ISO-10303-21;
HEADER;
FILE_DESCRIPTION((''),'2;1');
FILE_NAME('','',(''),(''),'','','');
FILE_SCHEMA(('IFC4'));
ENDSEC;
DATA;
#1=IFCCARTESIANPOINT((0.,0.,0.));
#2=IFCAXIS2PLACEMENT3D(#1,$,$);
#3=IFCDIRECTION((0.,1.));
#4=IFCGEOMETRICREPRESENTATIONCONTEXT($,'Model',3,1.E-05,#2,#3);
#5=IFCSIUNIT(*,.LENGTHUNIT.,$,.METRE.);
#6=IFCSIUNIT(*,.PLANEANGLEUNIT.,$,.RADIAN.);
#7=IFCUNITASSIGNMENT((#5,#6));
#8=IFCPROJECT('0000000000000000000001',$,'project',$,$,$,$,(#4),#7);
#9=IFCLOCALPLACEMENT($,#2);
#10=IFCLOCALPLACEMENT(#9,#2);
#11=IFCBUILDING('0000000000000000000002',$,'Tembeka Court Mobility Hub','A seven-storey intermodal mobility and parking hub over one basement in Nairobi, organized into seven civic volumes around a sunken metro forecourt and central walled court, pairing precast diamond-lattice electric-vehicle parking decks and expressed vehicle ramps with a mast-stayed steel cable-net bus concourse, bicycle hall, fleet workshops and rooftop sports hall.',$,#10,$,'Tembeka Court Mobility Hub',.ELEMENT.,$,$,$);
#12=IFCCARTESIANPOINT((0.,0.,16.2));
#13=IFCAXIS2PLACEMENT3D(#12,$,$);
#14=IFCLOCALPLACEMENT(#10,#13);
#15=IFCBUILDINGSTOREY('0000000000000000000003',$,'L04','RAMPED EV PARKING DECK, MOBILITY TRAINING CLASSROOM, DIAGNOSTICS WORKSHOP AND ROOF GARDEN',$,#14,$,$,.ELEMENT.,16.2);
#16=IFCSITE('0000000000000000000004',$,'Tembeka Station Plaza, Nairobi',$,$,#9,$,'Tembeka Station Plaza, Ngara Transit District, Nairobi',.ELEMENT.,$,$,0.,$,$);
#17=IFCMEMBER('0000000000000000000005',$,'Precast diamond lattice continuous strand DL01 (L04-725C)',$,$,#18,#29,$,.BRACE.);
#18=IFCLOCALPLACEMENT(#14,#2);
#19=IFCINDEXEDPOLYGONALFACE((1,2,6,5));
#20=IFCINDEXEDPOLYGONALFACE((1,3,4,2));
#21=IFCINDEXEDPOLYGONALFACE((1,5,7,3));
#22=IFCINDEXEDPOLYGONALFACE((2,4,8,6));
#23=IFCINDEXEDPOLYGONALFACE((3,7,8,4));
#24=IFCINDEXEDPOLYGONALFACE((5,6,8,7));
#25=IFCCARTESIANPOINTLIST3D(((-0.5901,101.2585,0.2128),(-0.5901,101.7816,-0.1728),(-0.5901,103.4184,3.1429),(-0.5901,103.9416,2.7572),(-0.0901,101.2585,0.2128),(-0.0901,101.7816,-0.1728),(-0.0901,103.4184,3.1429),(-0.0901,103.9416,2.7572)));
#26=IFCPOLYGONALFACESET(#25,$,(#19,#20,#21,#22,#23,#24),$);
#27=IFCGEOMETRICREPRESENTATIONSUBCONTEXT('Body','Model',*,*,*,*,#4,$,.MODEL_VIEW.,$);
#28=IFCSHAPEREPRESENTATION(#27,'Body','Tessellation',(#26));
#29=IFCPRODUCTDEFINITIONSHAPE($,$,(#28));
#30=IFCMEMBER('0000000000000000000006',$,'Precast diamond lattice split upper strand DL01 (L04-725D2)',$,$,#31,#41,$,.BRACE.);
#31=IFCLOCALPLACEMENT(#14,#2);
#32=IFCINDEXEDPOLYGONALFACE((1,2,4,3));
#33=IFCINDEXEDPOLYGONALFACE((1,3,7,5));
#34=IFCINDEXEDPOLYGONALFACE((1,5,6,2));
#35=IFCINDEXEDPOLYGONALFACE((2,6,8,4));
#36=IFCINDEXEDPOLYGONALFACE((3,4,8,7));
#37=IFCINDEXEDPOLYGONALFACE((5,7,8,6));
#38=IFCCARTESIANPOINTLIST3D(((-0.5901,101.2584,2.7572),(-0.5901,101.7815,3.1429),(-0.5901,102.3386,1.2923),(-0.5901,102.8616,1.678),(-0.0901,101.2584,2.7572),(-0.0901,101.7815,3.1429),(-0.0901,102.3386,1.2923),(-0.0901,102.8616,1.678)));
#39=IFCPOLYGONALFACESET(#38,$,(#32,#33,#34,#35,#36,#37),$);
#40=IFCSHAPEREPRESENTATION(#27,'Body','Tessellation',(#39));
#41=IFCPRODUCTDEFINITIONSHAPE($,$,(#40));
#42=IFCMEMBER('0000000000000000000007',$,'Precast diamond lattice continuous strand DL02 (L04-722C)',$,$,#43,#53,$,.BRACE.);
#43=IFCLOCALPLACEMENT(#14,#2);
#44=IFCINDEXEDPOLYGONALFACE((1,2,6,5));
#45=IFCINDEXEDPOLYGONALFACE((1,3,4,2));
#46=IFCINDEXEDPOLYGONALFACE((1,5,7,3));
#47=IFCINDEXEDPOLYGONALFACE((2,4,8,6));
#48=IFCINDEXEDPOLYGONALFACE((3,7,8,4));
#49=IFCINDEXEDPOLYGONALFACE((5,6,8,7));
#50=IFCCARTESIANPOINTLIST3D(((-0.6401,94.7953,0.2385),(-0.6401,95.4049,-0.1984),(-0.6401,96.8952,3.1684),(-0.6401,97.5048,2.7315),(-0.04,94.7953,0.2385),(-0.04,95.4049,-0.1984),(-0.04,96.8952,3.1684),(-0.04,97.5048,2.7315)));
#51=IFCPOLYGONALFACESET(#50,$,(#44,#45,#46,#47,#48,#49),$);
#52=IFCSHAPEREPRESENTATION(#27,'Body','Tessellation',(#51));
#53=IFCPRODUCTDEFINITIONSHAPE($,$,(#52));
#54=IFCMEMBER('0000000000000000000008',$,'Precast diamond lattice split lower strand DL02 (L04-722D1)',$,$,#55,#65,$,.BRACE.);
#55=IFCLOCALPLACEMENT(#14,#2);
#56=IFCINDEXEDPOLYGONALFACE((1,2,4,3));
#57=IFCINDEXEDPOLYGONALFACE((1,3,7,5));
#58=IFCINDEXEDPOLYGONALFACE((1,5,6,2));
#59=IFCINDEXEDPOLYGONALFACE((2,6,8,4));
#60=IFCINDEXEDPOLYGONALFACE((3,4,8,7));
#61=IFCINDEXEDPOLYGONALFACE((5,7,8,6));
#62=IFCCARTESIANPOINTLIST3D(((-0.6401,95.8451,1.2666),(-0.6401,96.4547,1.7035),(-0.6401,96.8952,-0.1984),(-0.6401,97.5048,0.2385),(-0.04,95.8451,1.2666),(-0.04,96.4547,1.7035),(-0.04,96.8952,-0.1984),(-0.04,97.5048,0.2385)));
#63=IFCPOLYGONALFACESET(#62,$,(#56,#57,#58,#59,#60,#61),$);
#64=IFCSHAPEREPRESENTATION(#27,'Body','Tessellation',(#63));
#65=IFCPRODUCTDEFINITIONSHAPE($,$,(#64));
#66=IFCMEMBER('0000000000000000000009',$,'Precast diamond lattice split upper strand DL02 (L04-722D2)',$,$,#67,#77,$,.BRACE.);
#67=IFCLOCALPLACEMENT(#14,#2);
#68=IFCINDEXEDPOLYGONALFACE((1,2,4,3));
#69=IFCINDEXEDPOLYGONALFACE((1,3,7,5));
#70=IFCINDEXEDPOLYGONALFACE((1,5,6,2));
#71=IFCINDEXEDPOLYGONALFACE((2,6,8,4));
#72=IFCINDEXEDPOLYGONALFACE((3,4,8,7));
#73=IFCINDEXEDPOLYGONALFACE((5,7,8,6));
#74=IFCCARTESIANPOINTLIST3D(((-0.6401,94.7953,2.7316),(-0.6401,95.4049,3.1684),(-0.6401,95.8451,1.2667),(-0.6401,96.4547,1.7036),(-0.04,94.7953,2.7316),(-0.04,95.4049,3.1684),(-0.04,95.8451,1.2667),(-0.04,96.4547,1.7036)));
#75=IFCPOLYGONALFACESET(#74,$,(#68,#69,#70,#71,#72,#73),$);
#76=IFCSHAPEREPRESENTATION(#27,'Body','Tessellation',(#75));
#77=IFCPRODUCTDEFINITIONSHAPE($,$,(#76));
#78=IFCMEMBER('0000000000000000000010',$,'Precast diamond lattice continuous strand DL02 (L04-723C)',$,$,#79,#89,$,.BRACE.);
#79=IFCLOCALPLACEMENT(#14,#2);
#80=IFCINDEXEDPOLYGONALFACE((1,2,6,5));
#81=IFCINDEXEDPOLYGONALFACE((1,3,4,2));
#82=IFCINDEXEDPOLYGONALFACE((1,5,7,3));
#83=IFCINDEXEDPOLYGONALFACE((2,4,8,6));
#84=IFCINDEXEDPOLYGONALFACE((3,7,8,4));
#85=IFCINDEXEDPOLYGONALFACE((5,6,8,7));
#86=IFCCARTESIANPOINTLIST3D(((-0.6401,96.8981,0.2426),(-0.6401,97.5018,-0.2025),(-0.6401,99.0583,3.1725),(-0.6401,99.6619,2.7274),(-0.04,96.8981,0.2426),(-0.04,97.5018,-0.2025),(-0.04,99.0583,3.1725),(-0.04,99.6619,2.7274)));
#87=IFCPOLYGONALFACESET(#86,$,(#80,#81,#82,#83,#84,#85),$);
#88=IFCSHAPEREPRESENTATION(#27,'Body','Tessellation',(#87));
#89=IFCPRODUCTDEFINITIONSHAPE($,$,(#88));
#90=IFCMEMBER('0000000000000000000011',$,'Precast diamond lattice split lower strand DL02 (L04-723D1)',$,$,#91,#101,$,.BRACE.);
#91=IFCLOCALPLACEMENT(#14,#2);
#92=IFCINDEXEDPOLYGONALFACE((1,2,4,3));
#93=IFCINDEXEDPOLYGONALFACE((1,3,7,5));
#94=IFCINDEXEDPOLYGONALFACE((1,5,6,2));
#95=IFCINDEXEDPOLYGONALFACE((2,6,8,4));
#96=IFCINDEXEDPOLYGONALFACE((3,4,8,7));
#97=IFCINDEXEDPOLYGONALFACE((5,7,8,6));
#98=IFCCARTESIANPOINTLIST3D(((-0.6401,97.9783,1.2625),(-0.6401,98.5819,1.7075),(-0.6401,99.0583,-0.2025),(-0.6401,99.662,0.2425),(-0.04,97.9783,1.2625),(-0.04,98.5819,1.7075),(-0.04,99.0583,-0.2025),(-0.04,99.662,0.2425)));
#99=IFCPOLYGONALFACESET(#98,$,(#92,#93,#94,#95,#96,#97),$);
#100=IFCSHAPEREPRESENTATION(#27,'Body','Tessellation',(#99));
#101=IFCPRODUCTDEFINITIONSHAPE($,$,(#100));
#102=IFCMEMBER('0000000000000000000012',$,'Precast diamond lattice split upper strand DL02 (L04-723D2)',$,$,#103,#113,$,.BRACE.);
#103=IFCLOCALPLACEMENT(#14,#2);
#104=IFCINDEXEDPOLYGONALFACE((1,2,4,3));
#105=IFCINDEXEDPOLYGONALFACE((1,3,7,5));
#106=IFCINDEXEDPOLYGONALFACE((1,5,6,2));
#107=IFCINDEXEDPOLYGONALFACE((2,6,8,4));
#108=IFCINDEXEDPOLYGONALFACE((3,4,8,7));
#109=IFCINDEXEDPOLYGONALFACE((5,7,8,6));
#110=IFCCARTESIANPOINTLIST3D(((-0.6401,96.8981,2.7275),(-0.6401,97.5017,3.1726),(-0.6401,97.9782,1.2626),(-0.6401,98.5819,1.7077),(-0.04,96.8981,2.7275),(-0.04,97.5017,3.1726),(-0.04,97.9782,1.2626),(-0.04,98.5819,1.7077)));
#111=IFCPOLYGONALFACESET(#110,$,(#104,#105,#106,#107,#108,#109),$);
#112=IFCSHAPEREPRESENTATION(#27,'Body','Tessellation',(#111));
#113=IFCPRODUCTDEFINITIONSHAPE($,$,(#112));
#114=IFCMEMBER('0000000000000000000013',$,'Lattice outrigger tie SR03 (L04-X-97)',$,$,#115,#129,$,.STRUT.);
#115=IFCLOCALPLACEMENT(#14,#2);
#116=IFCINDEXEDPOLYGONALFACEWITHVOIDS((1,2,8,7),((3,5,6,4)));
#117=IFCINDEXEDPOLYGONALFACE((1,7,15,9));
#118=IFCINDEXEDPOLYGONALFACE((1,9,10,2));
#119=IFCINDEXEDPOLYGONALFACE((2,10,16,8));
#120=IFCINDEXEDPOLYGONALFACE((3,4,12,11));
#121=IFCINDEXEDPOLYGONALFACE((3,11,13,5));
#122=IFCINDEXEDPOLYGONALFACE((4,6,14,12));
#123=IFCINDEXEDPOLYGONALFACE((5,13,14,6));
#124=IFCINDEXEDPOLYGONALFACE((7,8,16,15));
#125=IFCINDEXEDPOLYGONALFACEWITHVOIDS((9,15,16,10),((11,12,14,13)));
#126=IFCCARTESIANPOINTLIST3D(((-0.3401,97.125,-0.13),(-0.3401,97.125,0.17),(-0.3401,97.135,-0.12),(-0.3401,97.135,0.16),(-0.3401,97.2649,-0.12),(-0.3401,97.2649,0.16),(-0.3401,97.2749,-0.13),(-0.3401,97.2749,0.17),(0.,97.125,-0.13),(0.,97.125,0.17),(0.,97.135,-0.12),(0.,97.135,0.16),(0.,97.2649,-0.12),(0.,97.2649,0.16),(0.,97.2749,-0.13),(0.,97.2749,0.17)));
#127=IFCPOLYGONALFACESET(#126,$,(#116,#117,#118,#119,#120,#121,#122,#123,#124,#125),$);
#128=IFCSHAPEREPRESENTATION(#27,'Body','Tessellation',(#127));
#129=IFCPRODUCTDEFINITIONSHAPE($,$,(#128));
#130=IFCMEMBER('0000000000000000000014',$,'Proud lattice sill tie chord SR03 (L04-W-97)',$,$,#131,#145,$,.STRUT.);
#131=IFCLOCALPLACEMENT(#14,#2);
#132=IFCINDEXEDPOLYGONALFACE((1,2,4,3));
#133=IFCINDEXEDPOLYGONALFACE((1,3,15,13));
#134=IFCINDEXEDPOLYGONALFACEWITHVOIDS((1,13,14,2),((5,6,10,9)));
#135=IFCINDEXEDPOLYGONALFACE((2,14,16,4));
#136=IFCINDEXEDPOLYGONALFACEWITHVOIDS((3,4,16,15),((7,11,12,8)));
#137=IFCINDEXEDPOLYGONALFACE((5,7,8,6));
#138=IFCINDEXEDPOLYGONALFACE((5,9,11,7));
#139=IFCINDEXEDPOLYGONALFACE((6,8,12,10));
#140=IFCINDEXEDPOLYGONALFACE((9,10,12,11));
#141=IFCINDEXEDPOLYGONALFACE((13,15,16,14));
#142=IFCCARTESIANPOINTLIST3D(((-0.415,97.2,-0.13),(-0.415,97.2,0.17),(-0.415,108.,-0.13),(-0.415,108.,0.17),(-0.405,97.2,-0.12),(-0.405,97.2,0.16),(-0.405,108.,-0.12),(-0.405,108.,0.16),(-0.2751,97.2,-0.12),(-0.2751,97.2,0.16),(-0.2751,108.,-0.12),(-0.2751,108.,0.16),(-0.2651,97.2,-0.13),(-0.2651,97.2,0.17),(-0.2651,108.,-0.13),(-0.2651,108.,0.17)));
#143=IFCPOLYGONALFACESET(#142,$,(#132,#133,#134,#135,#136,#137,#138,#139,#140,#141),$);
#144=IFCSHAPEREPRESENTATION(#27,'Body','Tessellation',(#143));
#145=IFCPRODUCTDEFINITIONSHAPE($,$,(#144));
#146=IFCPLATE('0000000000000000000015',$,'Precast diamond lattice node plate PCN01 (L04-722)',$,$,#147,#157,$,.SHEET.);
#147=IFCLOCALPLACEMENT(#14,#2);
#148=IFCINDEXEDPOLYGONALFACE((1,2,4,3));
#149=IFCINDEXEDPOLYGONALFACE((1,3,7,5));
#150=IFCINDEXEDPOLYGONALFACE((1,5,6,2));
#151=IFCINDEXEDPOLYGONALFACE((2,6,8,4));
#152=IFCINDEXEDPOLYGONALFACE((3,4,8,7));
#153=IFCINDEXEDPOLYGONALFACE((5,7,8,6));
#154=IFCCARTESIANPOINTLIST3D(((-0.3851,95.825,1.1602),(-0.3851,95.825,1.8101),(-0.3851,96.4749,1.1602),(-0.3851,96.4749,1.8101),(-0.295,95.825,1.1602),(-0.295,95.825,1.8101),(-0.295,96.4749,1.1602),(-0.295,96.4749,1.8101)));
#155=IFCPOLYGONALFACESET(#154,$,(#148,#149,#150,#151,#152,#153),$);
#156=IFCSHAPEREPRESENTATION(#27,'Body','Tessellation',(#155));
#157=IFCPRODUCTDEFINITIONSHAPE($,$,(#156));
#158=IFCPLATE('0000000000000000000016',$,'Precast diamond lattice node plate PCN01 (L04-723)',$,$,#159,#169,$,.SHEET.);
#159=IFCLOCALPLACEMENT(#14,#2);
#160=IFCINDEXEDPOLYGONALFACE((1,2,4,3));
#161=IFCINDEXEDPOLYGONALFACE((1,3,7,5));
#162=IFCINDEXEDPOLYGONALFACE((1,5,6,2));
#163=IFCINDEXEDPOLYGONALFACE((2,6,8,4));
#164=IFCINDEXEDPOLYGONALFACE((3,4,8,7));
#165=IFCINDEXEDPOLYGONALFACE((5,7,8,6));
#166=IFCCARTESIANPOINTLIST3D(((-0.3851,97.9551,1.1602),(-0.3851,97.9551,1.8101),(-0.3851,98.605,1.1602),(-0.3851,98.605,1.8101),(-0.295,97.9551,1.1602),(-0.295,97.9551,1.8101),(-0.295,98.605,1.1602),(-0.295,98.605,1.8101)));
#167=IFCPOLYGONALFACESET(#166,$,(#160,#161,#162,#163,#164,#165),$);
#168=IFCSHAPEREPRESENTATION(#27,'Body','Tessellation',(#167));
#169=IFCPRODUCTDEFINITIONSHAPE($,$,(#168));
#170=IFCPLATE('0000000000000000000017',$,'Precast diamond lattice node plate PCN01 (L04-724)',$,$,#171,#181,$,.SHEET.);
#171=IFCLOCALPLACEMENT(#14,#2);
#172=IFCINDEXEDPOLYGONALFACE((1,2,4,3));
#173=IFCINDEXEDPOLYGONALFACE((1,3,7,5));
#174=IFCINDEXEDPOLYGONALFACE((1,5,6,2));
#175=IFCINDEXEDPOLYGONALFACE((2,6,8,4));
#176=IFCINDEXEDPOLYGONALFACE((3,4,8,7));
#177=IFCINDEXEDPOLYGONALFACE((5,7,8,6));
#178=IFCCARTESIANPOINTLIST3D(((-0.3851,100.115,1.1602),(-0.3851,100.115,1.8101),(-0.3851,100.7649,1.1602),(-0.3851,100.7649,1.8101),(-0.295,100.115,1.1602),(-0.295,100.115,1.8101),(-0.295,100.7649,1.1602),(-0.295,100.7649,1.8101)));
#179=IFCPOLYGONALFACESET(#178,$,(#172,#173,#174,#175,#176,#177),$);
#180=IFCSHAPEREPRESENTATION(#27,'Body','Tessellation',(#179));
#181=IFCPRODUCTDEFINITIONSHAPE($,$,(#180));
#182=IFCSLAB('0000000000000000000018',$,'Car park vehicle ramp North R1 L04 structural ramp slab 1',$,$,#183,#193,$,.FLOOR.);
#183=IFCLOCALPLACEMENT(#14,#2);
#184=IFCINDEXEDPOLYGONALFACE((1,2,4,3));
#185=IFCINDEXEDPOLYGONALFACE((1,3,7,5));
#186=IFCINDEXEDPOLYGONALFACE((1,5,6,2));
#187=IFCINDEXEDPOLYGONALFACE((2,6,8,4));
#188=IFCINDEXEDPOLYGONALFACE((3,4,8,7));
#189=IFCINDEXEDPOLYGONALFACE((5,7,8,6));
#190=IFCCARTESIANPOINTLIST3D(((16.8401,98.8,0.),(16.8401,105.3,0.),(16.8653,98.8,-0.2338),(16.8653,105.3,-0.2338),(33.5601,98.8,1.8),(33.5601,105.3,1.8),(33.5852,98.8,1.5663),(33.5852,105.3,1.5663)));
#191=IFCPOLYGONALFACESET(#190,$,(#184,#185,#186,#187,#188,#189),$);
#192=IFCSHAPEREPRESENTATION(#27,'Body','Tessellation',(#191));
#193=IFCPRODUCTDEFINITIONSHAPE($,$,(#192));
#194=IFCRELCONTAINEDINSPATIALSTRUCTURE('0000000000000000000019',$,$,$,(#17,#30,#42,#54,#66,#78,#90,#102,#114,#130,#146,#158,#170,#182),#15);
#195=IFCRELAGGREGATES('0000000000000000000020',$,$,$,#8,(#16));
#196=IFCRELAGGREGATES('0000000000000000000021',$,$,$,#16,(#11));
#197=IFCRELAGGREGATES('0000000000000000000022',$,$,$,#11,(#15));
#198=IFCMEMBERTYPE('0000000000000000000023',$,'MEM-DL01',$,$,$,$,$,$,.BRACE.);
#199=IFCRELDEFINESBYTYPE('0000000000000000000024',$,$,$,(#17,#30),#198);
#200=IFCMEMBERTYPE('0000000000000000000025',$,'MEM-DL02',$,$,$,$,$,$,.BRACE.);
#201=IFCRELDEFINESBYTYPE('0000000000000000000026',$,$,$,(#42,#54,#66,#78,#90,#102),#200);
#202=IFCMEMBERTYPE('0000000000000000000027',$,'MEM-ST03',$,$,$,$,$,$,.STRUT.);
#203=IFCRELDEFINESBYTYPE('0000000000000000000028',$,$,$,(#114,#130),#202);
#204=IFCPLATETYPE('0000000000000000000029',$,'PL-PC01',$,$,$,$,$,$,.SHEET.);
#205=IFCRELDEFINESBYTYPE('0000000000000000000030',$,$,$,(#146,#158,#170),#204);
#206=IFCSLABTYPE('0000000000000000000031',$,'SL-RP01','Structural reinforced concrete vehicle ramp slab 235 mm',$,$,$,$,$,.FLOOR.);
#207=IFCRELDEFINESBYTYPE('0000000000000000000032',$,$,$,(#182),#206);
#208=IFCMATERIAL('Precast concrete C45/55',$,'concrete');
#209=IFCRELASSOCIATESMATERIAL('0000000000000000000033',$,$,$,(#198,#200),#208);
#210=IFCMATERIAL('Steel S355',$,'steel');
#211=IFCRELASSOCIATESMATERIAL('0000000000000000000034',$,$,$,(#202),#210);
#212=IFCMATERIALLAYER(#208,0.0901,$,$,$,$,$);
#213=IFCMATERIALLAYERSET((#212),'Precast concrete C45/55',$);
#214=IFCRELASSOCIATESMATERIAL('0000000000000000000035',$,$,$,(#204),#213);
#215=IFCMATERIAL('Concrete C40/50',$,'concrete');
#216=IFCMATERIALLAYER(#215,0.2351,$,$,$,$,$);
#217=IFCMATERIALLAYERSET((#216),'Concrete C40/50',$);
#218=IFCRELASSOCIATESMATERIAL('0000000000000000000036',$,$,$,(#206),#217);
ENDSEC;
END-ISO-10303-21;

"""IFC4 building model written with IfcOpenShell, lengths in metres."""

from ifc_helpers import new_model, si_unit, direction, frame, origin, origin_2d, place, context, subcontext, project, spatial, polyline, rectangle, hollow_rectangle, outline, extrude, material, layer, layer_set, material_profile, profile_set, type_object, element, save


model = new_model("IFC4")

# Units and contexts
model_context = context("Model", 3, precision=1e-05, world=origin(), true_north=direction((0.0, 1.0)))
body_context = subcontext(model_context, "Body", "Model", "MODEL_VIEW")
ifc_project = project(units=[si_unit("LENGTHUNIT", "METRE"), si_unit("PLANEANGLEUNIT", "RADIAN")], contexts=[model_context])

# Site, building, storey
site_placement = place(None, origin())
site = spatial("IfcSite", under=ifc_project, at=site_placement, Name="Tembeka Station Plaza, Nairobi", LongName="Tembeka Station Plaza, Ngara Transit District, Nairobi", CompositionType="ELEMENT", RefElevation=0.0)
building_placement = place(site_placement, origin())
building = spatial("IfcBuilding", under=site, at=building_placement, Name="Tembeka Court Mobility Hub", Description="A seven-storey intermodal mobility and parking hub over one basement in Nairobi, organized into seven civic volumes around a sunken metro forecourt and central walled court, pairing precast diamond-lattice electric-vehicle parking decks and expressed vehicle ramps with a mast-stayed steel cable-net bus concourse, bicycle hall, fleet workshops and rooftop sports hall.", LongName="Tembeka Court Mobility Hub", CompositionType="ELEMENT")
storey_placement = place(building_placement, frame((0.0, 0.0, 16.2)))
storey = spatial("IfcBuildingStorey", under=building, at=storey_placement, Name="L04", Description="RAMPED EV PARKING DECK, MOBILITY TRAINING CLASSROOM, DIAGNOSTICS WORKSHOP AND ROOF GARDEN", CompositionType="ELEMENT", Elevation=16.2)

# Shared definitions
ifc_material_1 = material(Name="Steel S355", Category="steel")

# Members
ifc_material_2 = material(Name="Precast concrete C45/55", Category="concrete")
ifc_material_profile_1 = material_profile(ifc_material_2, rectangle(XDim=0.5, YDim=0.6499, at=origin_2d()), Name="PC-DIAG 500x650")
ifc_profile_set_1 = profile_set([ifc_material_profile_1], Name="Precast concrete C45/55")
member_type_1 = type_object("IfcMemberType", Name="MEM-DL01", PredefinedType="BRACE", material=ifc_profile_set_1)
member_1_placement = place(storey_placement, frame((-0.3401, 101.52, 0.02), z_axis=(0.0, 0.59338, 0.804923), x_axis=(-1.0, 0.0, 0.0)))
element("IfcMember", 1, at=member_1_placement, inside=storey, type_object=member_type_1, Name="Precast diamond lattice continuous strand DL01 (L04-725C)", PredefinedType="BRACE", context=body_context, shape_type="SweptSolid", body=[
    extrude(rectangle(XDim=0.5, YDim=0.6499, at=origin_2d()), origin(), (0.0, 0.0, 1.0), 3.6401),
])
member_2_placement = place(storey_placement, frame((-0.3401, 102.6001, 1.4851), z_axis=(0.0, -0.593455, 0.804867), x_axis=(1.0, 0.0, 0.0)))
element("IfcMember", 2, at=member_2_placement, inside=storey, type_object=member_type_1, Name="Precast diamond lattice split upper strand DL01 (L04-725D2)", PredefinedType="BRACE", context=body_context, shape_type="SweptSolid", body=[
    extrude(rectangle(XDim=0.5, YDim=0.6499, at=origin_2d()), origin(), (0.0, 0.0, 1.0), 1.8201),
])
ifc_material_profile_2 = material_profile(ifc_material_2, rectangle(XDim=0.6001, YDim=0.75, at=origin_2d()), Name="PC-DIAG 600x750")
ifc_profile_set_2 = profile_set([ifc_material_profile_2], Name="Precast concrete C45/55")
member_type_2 = type_object("IfcMemberType", Name="MEM-DL02", PredefinedType="BRACE", material=ifc_profile_set_2)
member_3_placement = place(storey_placement, frame((-0.3401, 95.1001, 0.02), z_axis=(0.0, 0.582532, 0.812808), x_axis=(-1.0, 0.0, 0.0)))
element("IfcMember", 3, at=member_3_placement, inside=storey, type_object=member_type_2, Name="Precast diamond lattice continuous strand DL02 (L04-722C)", PredefinedType="BRACE", context=body_context, shape_type="SweptSolid", body=[
    extrude(rectangle(XDim=0.6001, YDim=0.75, at=origin_2d()), origin(), (0.0, 0.0, 1.0), 3.6047),
])
member_4_placement = place(storey_placement, frame((-0.3401, 97.2, 0.02), z_axis=(0.0, -0.582544, 0.812799), x_axis=(1.0, 0.0, 0.0)))
element("IfcMember", 4, at=member_4_placement, inside=storey, type_object=member_type_2, Name="Precast diamond lattice split lower strand DL02 (L04-722D1)", PredefinedType="BRACE", context=body_context, shape_type="SweptSolid", body=[
    extrude(rectangle(XDim=0.6001, YDim=0.75, at=origin_2d()), origin(), (0.0, 0.0, 1.0), 1.8025),
])
member_5_placement = place(storey_placement, frame((-0.3401, 96.1499, 1.4851), z_axis=(0.0, -0.582519, 0.812817), x_axis=(1.0, 0.0, 0.0)))
element("IfcMember", 5, at=member_5_placement, inside=storey, type_object=member_type_2, Name="Precast diamond lattice split upper strand DL02 (L04-722D2)", PredefinedType="BRACE", context=body_context, shape_type="SweptSolid", body=[
    extrude(rectangle(XDim=0.6001, YDim=0.75, at=origin_2d()), origin(), (0.0, 0.0, 1.0), 1.8022),
])
member_6_placement = place(storey_placement, frame((-0.3401, 97.2, 0.02), z_axis=(0.0, 0.593423, 0.804891), x_axis=(-1.0, 0.0, 0.0)))
element("IfcMember", 6, at=member_6_placement, inside=storey, type_object=member_type_2, Name="Precast diamond lattice continuous strand DL02 (L04-723C)", PredefinedType="BRACE", context=body_context, shape_type="SweptSolid", body=[
    extrude(rectangle(XDim=0.6001, YDim=0.75, at=origin_2d()), origin(), (0.0, 0.0, 1.0), 3.6401),
])
for number, where, z_axis, x_axis, name in (
    (7, (-0.3401, 99.3601, 0.02), (0.0, -0.593391, 0.804914), (1.0, 0.0, 0.0), "Precast diamond lattice split lower strand DL02 (L04-723D1)"),
    (8, (-0.3401, 98.28, 1.4851), (0.0, -0.593455, 0.804867), (1.0, 0.0, 0.0), "Precast diamond lattice split upper strand DL02 (L04-723D2)"),
):
    element("IfcMember", number, at=place(storey_placement, frame(where, z_axis=z_axis, x_axis=x_axis)), inside=storey, type_object=member_type_2, Name=name, PredefinedType="BRACE", context=body_context, shape_type="SweptSolid", body=[
        extrude(rectangle(XDim=0.6001, YDim=0.75, at=origin_2d()), origin(), (0.0, 0.0, 1.0), 1.8201),
    ])
ifc_material_profile_3 = material_profile(ifc_material_1, hollow_rectangle(XDim=0.1499, YDim=0.3, WallThickness=0.01, at=origin_2d()), Name="RHS 300x150x10")
ifc_profile_set_3 = profile_set([ifc_material_profile_3], Name="Steel S355")
member_type_3 = type_object("IfcMemberType", Name="MEM-ST03", PredefinedType="STRUT", material=ifc_profile_set_3)
member_7_placement = place(storey_placement, frame((0.0, 97.2, 0.02), z_axis=(-1.0, 0.0, 0.0), x_axis=(0.0, -1.0, 0.0)))
element("IfcMember", 9, at=member_7_placement, inside=storey, type_object=member_type_3, Name="Lattice outrigger tie SR03 (L04-X-97)", PredefinedType="STRUT", context=body_context, shape_type="SweptSolid", body=[
    extrude(hollow_rectangle(XDim=0.1499, YDim=0.3, WallThickness=0.01, at=origin_2d()), origin(), (0.0, 0.0, 1.0), 0.3401),
])
member_8_placement = place(storey_placement, frame((-0.3401, 97.2, 0.02), z_axis=(0.0, 1.0, 0.0), x_axis=(-1.0, 0.0, 0.0)))
element("IfcMember", 10, at=member_8_placement, inside=storey, type_object=member_type_3, Name="Proud lattice sill tie chord SR03 (L04-W-97)", PredefinedType="STRUT", context=body_context, shape_type="SweptSolid", body=[
    extrude(hollow_rectangle(XDim=0.1499, YDim=0.3, WallThickness=0.01, at=origin_2d()), origin(), (0.0, 0.0, 1.0), 10.8),
])

# Plates
ifc_layer_1 = layer(ifc_material_2, 0.0901)
ifc_layer_set_1 = layer_set([ifc_layer_1], Name="Precast concrete C45/55")
plate_type = type_object("IfcPlateType", Name="PL-PC01", PredefinedType="SHEET", material=ifc_layer_set_1)
for number, where, z_axis, x_axis, name in (
    (11, (-0.3401, 96.1499, 1.1602), (0.0, 0.0, 1.0), (1.0, 0.0, 0.0), "Precast diamond lattice node plate PCN01 (L04-722)"),
    (12, (-0.3401, 98.28, 1.1602), (0.0, 0.0, 1.0), (1.0, 0.0, 0.0), "Precast diamond lattice node plate PCN01 (L04-723)"),
    (13, (-0.3401, 100.4399, 1.1602), (0.0, 0.0, 1.0), (1.0, 0.0, 0.0), "Precast diamond lattice node plate PCN01 (L04-724)"),
):
    element("IfcPlate", number, at=place(storey_placement, frame(where, z_axis=z_axis, x_axis=x_axis)), inside=storey, type_object=plate_type, Name=name, PredefinedType="SHEET", context=body_context, shape_type="SweptSolid", body=[
        extrude(rectangle(XDim=0.0901, YDim=0.6499, at=origin_2d()), origin(), (0.0, 0.0, 1.0), 0.6499),
    ])

# Slab
ifc_material_3 = material(Name="Concrete C40/50", Category="concrete")
ifc_layer_2 = layer(ifc_material_3, 0.2351)
ifc_layer_set_2 = layer_set([ifc_layer_2], Name="Concrete C40/50")
slab_type = type_object("IfcSlabType", Name="SL-RP01", Description="Structural reinforced concrete vehicle ramp slab 235 mm", PredefinedType="FLOOR", material=ifc_layer_set_2)
slab_placement = place(storey_placement, frame((16.8401, 98.8, 0.0), z_axis=(-0.10704, 0.0, 0.994255), x_axis=(0.994255, 0.0, 0.10704)))
element("IfcSlab", 14, at=slab_placement, inside=storey, type_object=slab_type, Name="Car park vehicle ramp North R1 L04 structural ramp slab 1", PredefinedType="FLOOR", context=body_context, shape_type="SweptSolid", body=[
    extrude(outline(polyline([(0.0, 0.0), (16.8166, 0.0), (16.8166, 6.5), (0.0, 6.5), (0.0, 0.0)])), origin(), (0.0, 0.0, -1.0), 0.2351),
])

save(model, "model.ifc")
